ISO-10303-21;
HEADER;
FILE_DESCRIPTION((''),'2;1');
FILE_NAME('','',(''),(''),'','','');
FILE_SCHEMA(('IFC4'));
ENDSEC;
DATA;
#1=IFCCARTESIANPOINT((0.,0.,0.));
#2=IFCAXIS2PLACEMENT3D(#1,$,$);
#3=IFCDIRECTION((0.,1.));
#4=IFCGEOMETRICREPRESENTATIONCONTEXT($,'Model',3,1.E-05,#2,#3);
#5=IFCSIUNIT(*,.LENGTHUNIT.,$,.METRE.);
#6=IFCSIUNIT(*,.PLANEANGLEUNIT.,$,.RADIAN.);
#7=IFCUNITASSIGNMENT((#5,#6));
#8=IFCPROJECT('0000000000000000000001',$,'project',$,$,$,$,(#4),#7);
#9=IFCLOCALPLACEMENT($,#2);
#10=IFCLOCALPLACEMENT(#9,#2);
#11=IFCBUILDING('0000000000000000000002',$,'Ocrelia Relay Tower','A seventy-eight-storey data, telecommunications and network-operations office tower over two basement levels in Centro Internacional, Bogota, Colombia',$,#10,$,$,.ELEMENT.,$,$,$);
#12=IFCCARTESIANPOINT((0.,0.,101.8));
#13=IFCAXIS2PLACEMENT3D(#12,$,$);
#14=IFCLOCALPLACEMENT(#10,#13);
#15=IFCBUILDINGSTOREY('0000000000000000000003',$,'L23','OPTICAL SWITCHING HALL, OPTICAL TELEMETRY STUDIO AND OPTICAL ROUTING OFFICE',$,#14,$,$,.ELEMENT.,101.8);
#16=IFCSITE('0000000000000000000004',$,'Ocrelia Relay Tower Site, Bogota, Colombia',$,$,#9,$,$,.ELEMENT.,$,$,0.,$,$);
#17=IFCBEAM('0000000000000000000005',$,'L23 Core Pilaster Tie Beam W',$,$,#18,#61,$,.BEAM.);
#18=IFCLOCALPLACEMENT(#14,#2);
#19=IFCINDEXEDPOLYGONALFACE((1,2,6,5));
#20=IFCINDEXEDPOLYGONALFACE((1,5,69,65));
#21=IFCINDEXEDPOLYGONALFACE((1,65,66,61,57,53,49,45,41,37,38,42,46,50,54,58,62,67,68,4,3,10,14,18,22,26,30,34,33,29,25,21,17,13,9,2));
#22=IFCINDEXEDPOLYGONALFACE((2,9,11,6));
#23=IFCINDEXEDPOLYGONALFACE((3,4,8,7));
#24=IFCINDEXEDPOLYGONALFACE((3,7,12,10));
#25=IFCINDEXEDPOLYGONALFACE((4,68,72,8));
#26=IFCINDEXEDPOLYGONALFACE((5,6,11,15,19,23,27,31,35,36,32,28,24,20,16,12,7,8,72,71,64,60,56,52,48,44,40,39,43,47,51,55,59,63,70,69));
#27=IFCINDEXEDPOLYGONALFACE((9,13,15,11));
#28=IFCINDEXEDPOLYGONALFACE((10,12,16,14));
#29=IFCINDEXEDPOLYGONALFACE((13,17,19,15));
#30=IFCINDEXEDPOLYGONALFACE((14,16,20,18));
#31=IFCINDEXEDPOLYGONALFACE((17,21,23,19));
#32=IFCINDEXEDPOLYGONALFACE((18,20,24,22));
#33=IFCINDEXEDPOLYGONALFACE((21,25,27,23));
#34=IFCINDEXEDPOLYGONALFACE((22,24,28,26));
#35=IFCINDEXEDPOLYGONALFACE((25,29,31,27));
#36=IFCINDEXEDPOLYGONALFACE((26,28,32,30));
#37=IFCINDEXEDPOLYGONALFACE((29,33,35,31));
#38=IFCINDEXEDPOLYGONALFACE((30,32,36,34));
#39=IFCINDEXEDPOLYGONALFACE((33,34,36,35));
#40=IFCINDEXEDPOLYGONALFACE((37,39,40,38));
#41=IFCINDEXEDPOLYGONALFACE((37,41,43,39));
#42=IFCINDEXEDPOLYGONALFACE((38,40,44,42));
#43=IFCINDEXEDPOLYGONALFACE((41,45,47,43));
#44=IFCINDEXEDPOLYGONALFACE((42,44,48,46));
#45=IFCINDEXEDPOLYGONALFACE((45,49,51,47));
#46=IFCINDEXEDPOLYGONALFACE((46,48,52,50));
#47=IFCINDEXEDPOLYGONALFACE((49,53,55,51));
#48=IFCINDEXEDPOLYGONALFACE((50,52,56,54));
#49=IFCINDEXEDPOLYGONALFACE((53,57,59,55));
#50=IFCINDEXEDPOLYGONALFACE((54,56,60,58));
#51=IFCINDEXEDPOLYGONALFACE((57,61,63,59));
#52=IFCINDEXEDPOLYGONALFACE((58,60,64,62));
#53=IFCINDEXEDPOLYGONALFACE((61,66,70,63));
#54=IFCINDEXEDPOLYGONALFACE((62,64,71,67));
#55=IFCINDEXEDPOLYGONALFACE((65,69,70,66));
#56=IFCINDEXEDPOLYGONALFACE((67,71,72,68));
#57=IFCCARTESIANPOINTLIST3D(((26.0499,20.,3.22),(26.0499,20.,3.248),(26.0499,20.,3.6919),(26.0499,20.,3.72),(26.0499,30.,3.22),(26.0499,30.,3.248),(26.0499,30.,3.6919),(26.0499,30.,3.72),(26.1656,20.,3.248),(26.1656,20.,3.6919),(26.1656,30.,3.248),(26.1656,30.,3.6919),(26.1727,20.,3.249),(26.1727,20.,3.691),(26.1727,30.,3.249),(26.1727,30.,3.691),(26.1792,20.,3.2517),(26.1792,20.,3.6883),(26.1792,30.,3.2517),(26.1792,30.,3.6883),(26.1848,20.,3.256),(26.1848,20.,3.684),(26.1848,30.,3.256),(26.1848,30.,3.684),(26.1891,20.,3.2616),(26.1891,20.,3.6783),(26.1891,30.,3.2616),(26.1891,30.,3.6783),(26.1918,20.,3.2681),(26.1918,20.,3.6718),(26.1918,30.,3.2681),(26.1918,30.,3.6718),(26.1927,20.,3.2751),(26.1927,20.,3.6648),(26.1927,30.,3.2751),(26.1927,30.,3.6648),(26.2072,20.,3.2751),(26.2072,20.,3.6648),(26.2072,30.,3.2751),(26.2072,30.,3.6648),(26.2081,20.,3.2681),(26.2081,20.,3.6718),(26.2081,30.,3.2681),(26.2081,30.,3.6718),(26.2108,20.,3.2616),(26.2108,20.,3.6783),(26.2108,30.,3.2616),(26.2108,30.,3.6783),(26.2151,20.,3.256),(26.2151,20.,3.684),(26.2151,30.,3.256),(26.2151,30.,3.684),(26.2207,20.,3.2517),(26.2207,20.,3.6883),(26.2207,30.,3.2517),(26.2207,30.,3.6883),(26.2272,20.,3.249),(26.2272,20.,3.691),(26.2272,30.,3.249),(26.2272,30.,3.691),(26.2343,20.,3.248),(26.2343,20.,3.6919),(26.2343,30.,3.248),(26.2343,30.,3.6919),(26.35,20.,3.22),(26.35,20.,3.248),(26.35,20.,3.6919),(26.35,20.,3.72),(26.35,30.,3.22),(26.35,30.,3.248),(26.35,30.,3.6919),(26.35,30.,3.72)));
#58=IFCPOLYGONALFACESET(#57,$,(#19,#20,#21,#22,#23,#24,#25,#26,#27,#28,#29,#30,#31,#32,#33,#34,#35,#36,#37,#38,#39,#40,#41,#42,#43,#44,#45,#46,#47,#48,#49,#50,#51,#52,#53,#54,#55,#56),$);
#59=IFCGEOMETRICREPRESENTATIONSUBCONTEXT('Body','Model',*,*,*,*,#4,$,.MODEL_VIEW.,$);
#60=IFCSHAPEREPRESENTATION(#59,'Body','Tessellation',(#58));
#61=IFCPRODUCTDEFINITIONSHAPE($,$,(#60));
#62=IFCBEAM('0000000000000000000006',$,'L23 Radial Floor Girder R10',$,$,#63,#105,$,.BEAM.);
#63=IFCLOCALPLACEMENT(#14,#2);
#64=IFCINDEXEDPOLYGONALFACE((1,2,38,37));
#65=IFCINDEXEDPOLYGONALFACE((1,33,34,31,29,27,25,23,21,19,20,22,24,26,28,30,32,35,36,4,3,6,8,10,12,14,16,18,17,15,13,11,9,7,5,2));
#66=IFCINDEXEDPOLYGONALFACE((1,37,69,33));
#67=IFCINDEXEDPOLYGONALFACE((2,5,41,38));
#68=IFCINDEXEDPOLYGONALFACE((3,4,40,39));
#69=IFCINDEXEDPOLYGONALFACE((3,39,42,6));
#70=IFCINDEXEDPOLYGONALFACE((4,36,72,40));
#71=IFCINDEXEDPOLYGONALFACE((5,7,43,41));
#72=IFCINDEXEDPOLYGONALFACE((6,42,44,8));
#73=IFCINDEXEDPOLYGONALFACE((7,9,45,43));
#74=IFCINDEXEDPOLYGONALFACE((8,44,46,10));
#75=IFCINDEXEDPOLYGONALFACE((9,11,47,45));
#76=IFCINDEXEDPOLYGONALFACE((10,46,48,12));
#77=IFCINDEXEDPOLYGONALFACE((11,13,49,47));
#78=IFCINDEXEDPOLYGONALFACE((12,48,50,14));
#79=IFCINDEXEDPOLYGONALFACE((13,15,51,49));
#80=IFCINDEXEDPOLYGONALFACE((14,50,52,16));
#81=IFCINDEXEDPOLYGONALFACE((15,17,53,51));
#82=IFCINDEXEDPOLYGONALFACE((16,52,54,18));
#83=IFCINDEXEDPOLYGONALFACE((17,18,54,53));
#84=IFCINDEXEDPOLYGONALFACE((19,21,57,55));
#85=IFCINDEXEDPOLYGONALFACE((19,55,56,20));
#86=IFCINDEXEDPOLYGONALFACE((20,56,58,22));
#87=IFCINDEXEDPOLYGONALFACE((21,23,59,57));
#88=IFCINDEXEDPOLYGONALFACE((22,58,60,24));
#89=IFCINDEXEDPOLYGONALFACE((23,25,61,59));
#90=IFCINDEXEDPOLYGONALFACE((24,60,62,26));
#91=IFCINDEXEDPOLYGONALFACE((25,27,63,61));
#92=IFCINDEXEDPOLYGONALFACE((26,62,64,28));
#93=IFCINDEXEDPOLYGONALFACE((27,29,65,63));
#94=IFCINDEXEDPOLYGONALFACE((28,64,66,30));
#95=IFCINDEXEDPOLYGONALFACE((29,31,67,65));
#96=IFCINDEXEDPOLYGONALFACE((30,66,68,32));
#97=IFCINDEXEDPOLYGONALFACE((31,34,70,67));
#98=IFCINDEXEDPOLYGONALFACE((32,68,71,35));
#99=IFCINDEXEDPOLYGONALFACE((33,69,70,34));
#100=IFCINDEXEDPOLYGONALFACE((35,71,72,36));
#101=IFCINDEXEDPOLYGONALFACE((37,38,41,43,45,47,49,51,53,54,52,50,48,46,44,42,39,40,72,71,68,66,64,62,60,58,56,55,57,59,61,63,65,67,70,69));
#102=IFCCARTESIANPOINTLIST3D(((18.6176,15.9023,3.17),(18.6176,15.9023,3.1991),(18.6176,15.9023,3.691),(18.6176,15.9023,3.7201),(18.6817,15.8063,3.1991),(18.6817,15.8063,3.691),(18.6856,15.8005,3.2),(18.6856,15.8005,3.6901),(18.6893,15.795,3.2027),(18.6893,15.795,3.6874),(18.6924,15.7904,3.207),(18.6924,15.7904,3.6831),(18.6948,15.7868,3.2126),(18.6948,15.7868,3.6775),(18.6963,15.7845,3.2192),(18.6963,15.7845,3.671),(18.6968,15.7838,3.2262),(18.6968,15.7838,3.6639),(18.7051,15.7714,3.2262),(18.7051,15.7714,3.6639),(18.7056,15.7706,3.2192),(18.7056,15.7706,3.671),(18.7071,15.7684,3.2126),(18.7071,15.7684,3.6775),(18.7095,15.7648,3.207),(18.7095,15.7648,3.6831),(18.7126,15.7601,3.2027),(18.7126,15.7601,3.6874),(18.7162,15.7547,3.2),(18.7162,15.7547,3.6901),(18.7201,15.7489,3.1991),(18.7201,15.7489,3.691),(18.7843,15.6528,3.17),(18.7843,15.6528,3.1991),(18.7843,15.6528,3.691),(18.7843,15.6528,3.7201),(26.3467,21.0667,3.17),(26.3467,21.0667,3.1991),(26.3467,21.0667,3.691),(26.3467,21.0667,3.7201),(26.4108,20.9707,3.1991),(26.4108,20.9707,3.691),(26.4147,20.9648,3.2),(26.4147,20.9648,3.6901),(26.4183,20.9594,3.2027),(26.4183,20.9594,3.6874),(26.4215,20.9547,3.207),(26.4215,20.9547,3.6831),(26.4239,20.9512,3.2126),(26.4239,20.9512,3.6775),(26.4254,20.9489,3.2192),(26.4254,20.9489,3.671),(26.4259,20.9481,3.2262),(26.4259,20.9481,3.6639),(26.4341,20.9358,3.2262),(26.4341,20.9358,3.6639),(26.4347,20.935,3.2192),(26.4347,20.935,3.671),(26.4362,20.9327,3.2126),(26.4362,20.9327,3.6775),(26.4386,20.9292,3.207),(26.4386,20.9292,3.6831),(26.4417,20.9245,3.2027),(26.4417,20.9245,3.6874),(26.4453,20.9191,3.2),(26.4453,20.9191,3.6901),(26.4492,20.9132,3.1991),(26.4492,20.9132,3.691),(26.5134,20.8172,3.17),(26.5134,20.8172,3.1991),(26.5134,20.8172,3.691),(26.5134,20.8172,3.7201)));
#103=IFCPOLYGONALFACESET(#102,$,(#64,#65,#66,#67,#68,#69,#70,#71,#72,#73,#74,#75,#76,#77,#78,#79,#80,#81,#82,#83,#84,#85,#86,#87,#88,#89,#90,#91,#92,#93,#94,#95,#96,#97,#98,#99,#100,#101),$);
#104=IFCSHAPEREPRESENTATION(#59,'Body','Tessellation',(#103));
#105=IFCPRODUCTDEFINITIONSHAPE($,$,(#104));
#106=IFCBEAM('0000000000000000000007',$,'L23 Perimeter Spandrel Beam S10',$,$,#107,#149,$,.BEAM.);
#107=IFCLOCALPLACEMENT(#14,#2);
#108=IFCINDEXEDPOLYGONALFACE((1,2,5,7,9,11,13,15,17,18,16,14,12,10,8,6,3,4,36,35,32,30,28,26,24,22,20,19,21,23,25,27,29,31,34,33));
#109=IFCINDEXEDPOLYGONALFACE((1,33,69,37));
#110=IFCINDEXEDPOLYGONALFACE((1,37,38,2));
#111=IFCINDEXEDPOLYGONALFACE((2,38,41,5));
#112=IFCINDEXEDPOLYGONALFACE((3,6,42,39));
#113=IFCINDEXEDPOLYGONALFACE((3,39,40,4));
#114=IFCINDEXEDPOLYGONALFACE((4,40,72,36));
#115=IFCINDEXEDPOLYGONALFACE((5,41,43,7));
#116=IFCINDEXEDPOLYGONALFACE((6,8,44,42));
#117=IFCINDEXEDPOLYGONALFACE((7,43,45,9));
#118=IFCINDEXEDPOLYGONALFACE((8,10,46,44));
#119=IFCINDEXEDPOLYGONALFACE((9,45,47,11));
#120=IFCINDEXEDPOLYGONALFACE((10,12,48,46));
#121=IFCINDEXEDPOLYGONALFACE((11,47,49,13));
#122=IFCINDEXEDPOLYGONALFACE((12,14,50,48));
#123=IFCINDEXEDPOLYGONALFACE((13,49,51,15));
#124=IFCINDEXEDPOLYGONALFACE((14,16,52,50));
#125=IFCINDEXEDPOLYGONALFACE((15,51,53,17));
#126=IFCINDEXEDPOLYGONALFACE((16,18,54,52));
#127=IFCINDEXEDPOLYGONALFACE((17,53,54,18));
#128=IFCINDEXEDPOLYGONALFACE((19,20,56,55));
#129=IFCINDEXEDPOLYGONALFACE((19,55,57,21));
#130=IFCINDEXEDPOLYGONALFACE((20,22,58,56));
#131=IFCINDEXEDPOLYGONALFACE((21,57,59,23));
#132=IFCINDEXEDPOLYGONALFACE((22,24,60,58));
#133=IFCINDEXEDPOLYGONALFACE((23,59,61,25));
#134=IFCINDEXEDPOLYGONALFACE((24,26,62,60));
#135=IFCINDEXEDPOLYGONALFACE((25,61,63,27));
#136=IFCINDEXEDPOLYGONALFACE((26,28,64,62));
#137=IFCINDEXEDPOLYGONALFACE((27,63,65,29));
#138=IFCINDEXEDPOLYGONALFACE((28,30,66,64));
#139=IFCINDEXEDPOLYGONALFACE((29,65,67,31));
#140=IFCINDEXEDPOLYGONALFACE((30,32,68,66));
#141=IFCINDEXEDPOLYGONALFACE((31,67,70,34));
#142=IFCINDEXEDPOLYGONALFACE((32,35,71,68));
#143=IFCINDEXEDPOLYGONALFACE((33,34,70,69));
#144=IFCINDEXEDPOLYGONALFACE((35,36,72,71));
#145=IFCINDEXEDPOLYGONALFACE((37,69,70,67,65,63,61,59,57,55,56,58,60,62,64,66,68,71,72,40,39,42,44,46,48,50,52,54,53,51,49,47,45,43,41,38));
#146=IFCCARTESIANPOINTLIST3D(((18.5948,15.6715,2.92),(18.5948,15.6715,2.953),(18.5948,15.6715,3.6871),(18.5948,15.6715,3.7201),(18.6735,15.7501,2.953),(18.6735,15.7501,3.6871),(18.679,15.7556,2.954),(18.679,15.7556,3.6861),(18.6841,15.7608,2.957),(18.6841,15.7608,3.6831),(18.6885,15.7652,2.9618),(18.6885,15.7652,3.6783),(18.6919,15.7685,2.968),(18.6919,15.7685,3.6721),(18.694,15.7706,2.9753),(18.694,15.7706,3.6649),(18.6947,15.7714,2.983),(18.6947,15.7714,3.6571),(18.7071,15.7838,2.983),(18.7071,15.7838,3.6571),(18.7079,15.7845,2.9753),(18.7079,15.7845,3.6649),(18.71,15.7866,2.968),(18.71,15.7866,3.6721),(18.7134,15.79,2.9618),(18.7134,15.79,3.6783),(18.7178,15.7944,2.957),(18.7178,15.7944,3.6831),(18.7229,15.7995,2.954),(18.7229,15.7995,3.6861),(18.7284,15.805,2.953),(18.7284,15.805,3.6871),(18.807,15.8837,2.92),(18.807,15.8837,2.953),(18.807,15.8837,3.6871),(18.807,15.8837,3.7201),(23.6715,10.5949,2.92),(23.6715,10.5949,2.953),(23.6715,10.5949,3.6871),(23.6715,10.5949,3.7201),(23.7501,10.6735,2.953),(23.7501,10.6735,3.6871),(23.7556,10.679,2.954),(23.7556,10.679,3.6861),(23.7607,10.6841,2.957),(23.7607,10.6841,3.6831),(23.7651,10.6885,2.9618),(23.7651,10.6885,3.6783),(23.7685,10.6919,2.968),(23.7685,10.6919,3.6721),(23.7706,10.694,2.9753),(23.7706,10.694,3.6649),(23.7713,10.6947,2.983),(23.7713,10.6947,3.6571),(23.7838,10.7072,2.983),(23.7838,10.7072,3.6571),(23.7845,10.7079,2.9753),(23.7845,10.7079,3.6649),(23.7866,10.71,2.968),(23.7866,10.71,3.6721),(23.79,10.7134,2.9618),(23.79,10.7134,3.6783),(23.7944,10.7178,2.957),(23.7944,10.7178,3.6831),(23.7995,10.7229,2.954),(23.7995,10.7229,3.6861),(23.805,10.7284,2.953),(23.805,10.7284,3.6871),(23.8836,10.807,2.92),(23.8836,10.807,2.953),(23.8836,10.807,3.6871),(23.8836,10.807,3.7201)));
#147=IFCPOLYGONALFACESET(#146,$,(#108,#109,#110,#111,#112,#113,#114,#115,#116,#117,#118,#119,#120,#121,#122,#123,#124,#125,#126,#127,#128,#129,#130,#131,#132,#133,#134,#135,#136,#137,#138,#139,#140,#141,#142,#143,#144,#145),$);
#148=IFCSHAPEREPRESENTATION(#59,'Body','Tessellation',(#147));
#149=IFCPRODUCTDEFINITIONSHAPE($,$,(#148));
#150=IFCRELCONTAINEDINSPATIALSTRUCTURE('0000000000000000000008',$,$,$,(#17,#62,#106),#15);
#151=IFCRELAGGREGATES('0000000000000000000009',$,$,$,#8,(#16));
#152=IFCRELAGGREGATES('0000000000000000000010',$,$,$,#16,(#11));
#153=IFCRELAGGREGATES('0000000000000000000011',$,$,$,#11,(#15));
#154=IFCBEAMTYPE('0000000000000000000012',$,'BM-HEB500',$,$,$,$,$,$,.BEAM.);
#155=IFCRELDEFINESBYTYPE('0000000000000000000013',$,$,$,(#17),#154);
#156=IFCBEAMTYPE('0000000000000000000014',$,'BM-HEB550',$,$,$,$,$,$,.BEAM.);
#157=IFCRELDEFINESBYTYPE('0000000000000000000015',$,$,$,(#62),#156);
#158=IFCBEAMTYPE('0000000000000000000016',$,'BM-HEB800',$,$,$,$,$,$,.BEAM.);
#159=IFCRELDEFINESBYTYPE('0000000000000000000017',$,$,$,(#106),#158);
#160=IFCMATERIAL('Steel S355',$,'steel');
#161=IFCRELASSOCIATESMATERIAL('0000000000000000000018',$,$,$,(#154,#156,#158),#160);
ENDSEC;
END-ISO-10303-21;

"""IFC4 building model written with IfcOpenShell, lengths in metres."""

from ifc_helpers import new_model, si_unit, direction, frame, origin, origin_2d, place, context, subcontext, project, spatial, i_section, extrude, material, material_profile, profile_set, type_object, element, save


model = new_model("IFC4")

# Units and contexts
model_context = context("Model", 3, precision=1e-05, world=origin(), true_north=direction((0.0, 1.0)))
body_context = subcontext(model_context, "Body", "Model", "MODEL_VIEW")
ifc_project = project(units=[si_unit("LENGTHUNIT", "METRE"), si_unit("PLANEANGLEUNIT", "RADIAN")], contexts=[model_context])

# Site, building, storey
site_placement = place(None, origin())
site = spatial("IfcSite", under=ifc_project, at=site_placement, Name="Ocrelia Relay Tower Site, Bogota, Colombia", CompositionType="ELEMENT", RefElevation=0.0)
building_placement = place(site_placement, origin())
building = spatial("IfcBuilding", under=site, at=building_placement, Name="Ocrelia Relay Tower", Description="A seventy-eight-storey data, telecommunications and network-operations office tower over two basement levels in Centro Internacional, Bogota, Colombia", CompositionType="ELEMENT")
storey_placement = place(building_placement, frame((0.0, 0.0, 101.8)))
storey = spatial("IfcBuildingStorey", under=building, at=storey_placement, Name="L23", Description="OPTICAL SWITCHING HALL, OPTICAL TELEMETRY STUDIO AND OPTICAL ROUTING OFFICE", CompositionType="ELEMENT", Elevation=101.8)

# Beams
ifc_material_1 = material(Name="Steel S355", Category="steel")
ifc_material_profile_1 = material_profile(ifc_material_1, i_section(OverallWidth=0.3, OverallDepth=0.5, WebThickness=0.0144, FlangeThickness=0.0281, FilletRadius=0.0271, at=origin_2d()), Name="HEB 500")
ifc_profile_set_1 = profile_set([ifc_material_profile_1], Name="Steel S355")
beam_type_1 = type_object("IfcBeamType", Name="BM-HEB500", PredefinedType="BEAM", material=ifc_profile_set_1)
beam_1_placement = place(storey_placement, frame((26.2, 20.0, 3.47), z_axis=(0.0, 1.0, 0.0), x_axis=(-1.0, 0.0, 0.0)))
element("IfcBeam", 1, at=beam_1_placement, inside=storey, type_object=beam_type_1, Name="L23 Core Pilaster Tie Beam W", PredefinedType="BEAM", context=body_context, shape_type="SweptSolid", body=[
    extrude(i_section(OverallWidth=0.3, OverallDepth=0.5, WebThickness=0.0144, FlangeThickness=0.0281, FilletRadius=0.0271, at=origin_2d()), origin(), (0.0, 0.0, 1.0), 10.0),
])
ifc_material_profile_2 = material_profile(ifc_material_1, i_section(OverallWidth=0.3, OverallDepth=0.55, WebThickness=0.0149, FlangeThickness=0.0291, FilletRadius=0.0271, at=origin_2d()), Name="HEB 550")
ifc_profile_set_2 = profile_set([ifc_material_profile_2], Name="Steel S355")
beam_type_2 = type_object("IfcBeamType", Name="BM-HEB550", PredefinedType="BEAM", material=ifc_profile_set_2)
beam_2_placement = place(storey_placement, frame((18.7009, 15.7776, 3.4451), z_axis=(0.831472, 0.555567, 0.0), x_axis=(-0.555567, 0.831472, 0.0)))
element("IfcBeam", 2, at=beam_2_placement, inside=storey, type_object=beam_type_2, Name="L23 Radial Floor Girder R10", PredefinedType="BEAM", context=body_context, shape_type="SweptSolid", body=[
    extrude(i_section(OverallWidth=0.3, OverallDepth=0.55, WebThickness=0.0149, FlangeThickness=0.0291, FilletRadius=0.0271, at=origin_2d()), origin(), (0.0, 0.0, 1.0), 9.2957),
])
ifc_material_profile_3 = material_profile(ifc_material_1, i_section(OverallWidth=0.3, OverallDepth=0.8, WebThickness=0.0176, FlangeThickness=0.033, FilletRadius=0.03, at=origin_2d()), Name="HEB 800")
ifc_profile_set_3 = profile_set([ifc_material_profile_3], Name="Steel S355")
beam_type_3 = type_object("IfcBeamType", Name="BM-HEB800", PredefinedType="BEAM", material=ifc_profile_set_3)
beam_3_placement = place(storey_placement, frame((18.7009, 15.7776, 3.3201), z_axis=(0.707107, -0.707107, 0.0), x_axis=(0.707107, 0.707107, 0.0)))
element("IfcBeam", 3, at=beam_3_placement, inside=storey, type_object=beam_type_3, Name="L23 Perimeter Spandrel Beam S10", PredefinedType="BEAM", context=body_context, shape_type="SweptSolid", body=[
    extrude(i_section(OverallWidth=0.3, OverallDepth=0.8, WebThickness=0.0176, FlangeThickness=0.033, FilletRadius=0.03, at=origin_2d()), origin(), (0.0, 0.0, 1.0), 7.1794),
])

save(model, "model.ifc")
